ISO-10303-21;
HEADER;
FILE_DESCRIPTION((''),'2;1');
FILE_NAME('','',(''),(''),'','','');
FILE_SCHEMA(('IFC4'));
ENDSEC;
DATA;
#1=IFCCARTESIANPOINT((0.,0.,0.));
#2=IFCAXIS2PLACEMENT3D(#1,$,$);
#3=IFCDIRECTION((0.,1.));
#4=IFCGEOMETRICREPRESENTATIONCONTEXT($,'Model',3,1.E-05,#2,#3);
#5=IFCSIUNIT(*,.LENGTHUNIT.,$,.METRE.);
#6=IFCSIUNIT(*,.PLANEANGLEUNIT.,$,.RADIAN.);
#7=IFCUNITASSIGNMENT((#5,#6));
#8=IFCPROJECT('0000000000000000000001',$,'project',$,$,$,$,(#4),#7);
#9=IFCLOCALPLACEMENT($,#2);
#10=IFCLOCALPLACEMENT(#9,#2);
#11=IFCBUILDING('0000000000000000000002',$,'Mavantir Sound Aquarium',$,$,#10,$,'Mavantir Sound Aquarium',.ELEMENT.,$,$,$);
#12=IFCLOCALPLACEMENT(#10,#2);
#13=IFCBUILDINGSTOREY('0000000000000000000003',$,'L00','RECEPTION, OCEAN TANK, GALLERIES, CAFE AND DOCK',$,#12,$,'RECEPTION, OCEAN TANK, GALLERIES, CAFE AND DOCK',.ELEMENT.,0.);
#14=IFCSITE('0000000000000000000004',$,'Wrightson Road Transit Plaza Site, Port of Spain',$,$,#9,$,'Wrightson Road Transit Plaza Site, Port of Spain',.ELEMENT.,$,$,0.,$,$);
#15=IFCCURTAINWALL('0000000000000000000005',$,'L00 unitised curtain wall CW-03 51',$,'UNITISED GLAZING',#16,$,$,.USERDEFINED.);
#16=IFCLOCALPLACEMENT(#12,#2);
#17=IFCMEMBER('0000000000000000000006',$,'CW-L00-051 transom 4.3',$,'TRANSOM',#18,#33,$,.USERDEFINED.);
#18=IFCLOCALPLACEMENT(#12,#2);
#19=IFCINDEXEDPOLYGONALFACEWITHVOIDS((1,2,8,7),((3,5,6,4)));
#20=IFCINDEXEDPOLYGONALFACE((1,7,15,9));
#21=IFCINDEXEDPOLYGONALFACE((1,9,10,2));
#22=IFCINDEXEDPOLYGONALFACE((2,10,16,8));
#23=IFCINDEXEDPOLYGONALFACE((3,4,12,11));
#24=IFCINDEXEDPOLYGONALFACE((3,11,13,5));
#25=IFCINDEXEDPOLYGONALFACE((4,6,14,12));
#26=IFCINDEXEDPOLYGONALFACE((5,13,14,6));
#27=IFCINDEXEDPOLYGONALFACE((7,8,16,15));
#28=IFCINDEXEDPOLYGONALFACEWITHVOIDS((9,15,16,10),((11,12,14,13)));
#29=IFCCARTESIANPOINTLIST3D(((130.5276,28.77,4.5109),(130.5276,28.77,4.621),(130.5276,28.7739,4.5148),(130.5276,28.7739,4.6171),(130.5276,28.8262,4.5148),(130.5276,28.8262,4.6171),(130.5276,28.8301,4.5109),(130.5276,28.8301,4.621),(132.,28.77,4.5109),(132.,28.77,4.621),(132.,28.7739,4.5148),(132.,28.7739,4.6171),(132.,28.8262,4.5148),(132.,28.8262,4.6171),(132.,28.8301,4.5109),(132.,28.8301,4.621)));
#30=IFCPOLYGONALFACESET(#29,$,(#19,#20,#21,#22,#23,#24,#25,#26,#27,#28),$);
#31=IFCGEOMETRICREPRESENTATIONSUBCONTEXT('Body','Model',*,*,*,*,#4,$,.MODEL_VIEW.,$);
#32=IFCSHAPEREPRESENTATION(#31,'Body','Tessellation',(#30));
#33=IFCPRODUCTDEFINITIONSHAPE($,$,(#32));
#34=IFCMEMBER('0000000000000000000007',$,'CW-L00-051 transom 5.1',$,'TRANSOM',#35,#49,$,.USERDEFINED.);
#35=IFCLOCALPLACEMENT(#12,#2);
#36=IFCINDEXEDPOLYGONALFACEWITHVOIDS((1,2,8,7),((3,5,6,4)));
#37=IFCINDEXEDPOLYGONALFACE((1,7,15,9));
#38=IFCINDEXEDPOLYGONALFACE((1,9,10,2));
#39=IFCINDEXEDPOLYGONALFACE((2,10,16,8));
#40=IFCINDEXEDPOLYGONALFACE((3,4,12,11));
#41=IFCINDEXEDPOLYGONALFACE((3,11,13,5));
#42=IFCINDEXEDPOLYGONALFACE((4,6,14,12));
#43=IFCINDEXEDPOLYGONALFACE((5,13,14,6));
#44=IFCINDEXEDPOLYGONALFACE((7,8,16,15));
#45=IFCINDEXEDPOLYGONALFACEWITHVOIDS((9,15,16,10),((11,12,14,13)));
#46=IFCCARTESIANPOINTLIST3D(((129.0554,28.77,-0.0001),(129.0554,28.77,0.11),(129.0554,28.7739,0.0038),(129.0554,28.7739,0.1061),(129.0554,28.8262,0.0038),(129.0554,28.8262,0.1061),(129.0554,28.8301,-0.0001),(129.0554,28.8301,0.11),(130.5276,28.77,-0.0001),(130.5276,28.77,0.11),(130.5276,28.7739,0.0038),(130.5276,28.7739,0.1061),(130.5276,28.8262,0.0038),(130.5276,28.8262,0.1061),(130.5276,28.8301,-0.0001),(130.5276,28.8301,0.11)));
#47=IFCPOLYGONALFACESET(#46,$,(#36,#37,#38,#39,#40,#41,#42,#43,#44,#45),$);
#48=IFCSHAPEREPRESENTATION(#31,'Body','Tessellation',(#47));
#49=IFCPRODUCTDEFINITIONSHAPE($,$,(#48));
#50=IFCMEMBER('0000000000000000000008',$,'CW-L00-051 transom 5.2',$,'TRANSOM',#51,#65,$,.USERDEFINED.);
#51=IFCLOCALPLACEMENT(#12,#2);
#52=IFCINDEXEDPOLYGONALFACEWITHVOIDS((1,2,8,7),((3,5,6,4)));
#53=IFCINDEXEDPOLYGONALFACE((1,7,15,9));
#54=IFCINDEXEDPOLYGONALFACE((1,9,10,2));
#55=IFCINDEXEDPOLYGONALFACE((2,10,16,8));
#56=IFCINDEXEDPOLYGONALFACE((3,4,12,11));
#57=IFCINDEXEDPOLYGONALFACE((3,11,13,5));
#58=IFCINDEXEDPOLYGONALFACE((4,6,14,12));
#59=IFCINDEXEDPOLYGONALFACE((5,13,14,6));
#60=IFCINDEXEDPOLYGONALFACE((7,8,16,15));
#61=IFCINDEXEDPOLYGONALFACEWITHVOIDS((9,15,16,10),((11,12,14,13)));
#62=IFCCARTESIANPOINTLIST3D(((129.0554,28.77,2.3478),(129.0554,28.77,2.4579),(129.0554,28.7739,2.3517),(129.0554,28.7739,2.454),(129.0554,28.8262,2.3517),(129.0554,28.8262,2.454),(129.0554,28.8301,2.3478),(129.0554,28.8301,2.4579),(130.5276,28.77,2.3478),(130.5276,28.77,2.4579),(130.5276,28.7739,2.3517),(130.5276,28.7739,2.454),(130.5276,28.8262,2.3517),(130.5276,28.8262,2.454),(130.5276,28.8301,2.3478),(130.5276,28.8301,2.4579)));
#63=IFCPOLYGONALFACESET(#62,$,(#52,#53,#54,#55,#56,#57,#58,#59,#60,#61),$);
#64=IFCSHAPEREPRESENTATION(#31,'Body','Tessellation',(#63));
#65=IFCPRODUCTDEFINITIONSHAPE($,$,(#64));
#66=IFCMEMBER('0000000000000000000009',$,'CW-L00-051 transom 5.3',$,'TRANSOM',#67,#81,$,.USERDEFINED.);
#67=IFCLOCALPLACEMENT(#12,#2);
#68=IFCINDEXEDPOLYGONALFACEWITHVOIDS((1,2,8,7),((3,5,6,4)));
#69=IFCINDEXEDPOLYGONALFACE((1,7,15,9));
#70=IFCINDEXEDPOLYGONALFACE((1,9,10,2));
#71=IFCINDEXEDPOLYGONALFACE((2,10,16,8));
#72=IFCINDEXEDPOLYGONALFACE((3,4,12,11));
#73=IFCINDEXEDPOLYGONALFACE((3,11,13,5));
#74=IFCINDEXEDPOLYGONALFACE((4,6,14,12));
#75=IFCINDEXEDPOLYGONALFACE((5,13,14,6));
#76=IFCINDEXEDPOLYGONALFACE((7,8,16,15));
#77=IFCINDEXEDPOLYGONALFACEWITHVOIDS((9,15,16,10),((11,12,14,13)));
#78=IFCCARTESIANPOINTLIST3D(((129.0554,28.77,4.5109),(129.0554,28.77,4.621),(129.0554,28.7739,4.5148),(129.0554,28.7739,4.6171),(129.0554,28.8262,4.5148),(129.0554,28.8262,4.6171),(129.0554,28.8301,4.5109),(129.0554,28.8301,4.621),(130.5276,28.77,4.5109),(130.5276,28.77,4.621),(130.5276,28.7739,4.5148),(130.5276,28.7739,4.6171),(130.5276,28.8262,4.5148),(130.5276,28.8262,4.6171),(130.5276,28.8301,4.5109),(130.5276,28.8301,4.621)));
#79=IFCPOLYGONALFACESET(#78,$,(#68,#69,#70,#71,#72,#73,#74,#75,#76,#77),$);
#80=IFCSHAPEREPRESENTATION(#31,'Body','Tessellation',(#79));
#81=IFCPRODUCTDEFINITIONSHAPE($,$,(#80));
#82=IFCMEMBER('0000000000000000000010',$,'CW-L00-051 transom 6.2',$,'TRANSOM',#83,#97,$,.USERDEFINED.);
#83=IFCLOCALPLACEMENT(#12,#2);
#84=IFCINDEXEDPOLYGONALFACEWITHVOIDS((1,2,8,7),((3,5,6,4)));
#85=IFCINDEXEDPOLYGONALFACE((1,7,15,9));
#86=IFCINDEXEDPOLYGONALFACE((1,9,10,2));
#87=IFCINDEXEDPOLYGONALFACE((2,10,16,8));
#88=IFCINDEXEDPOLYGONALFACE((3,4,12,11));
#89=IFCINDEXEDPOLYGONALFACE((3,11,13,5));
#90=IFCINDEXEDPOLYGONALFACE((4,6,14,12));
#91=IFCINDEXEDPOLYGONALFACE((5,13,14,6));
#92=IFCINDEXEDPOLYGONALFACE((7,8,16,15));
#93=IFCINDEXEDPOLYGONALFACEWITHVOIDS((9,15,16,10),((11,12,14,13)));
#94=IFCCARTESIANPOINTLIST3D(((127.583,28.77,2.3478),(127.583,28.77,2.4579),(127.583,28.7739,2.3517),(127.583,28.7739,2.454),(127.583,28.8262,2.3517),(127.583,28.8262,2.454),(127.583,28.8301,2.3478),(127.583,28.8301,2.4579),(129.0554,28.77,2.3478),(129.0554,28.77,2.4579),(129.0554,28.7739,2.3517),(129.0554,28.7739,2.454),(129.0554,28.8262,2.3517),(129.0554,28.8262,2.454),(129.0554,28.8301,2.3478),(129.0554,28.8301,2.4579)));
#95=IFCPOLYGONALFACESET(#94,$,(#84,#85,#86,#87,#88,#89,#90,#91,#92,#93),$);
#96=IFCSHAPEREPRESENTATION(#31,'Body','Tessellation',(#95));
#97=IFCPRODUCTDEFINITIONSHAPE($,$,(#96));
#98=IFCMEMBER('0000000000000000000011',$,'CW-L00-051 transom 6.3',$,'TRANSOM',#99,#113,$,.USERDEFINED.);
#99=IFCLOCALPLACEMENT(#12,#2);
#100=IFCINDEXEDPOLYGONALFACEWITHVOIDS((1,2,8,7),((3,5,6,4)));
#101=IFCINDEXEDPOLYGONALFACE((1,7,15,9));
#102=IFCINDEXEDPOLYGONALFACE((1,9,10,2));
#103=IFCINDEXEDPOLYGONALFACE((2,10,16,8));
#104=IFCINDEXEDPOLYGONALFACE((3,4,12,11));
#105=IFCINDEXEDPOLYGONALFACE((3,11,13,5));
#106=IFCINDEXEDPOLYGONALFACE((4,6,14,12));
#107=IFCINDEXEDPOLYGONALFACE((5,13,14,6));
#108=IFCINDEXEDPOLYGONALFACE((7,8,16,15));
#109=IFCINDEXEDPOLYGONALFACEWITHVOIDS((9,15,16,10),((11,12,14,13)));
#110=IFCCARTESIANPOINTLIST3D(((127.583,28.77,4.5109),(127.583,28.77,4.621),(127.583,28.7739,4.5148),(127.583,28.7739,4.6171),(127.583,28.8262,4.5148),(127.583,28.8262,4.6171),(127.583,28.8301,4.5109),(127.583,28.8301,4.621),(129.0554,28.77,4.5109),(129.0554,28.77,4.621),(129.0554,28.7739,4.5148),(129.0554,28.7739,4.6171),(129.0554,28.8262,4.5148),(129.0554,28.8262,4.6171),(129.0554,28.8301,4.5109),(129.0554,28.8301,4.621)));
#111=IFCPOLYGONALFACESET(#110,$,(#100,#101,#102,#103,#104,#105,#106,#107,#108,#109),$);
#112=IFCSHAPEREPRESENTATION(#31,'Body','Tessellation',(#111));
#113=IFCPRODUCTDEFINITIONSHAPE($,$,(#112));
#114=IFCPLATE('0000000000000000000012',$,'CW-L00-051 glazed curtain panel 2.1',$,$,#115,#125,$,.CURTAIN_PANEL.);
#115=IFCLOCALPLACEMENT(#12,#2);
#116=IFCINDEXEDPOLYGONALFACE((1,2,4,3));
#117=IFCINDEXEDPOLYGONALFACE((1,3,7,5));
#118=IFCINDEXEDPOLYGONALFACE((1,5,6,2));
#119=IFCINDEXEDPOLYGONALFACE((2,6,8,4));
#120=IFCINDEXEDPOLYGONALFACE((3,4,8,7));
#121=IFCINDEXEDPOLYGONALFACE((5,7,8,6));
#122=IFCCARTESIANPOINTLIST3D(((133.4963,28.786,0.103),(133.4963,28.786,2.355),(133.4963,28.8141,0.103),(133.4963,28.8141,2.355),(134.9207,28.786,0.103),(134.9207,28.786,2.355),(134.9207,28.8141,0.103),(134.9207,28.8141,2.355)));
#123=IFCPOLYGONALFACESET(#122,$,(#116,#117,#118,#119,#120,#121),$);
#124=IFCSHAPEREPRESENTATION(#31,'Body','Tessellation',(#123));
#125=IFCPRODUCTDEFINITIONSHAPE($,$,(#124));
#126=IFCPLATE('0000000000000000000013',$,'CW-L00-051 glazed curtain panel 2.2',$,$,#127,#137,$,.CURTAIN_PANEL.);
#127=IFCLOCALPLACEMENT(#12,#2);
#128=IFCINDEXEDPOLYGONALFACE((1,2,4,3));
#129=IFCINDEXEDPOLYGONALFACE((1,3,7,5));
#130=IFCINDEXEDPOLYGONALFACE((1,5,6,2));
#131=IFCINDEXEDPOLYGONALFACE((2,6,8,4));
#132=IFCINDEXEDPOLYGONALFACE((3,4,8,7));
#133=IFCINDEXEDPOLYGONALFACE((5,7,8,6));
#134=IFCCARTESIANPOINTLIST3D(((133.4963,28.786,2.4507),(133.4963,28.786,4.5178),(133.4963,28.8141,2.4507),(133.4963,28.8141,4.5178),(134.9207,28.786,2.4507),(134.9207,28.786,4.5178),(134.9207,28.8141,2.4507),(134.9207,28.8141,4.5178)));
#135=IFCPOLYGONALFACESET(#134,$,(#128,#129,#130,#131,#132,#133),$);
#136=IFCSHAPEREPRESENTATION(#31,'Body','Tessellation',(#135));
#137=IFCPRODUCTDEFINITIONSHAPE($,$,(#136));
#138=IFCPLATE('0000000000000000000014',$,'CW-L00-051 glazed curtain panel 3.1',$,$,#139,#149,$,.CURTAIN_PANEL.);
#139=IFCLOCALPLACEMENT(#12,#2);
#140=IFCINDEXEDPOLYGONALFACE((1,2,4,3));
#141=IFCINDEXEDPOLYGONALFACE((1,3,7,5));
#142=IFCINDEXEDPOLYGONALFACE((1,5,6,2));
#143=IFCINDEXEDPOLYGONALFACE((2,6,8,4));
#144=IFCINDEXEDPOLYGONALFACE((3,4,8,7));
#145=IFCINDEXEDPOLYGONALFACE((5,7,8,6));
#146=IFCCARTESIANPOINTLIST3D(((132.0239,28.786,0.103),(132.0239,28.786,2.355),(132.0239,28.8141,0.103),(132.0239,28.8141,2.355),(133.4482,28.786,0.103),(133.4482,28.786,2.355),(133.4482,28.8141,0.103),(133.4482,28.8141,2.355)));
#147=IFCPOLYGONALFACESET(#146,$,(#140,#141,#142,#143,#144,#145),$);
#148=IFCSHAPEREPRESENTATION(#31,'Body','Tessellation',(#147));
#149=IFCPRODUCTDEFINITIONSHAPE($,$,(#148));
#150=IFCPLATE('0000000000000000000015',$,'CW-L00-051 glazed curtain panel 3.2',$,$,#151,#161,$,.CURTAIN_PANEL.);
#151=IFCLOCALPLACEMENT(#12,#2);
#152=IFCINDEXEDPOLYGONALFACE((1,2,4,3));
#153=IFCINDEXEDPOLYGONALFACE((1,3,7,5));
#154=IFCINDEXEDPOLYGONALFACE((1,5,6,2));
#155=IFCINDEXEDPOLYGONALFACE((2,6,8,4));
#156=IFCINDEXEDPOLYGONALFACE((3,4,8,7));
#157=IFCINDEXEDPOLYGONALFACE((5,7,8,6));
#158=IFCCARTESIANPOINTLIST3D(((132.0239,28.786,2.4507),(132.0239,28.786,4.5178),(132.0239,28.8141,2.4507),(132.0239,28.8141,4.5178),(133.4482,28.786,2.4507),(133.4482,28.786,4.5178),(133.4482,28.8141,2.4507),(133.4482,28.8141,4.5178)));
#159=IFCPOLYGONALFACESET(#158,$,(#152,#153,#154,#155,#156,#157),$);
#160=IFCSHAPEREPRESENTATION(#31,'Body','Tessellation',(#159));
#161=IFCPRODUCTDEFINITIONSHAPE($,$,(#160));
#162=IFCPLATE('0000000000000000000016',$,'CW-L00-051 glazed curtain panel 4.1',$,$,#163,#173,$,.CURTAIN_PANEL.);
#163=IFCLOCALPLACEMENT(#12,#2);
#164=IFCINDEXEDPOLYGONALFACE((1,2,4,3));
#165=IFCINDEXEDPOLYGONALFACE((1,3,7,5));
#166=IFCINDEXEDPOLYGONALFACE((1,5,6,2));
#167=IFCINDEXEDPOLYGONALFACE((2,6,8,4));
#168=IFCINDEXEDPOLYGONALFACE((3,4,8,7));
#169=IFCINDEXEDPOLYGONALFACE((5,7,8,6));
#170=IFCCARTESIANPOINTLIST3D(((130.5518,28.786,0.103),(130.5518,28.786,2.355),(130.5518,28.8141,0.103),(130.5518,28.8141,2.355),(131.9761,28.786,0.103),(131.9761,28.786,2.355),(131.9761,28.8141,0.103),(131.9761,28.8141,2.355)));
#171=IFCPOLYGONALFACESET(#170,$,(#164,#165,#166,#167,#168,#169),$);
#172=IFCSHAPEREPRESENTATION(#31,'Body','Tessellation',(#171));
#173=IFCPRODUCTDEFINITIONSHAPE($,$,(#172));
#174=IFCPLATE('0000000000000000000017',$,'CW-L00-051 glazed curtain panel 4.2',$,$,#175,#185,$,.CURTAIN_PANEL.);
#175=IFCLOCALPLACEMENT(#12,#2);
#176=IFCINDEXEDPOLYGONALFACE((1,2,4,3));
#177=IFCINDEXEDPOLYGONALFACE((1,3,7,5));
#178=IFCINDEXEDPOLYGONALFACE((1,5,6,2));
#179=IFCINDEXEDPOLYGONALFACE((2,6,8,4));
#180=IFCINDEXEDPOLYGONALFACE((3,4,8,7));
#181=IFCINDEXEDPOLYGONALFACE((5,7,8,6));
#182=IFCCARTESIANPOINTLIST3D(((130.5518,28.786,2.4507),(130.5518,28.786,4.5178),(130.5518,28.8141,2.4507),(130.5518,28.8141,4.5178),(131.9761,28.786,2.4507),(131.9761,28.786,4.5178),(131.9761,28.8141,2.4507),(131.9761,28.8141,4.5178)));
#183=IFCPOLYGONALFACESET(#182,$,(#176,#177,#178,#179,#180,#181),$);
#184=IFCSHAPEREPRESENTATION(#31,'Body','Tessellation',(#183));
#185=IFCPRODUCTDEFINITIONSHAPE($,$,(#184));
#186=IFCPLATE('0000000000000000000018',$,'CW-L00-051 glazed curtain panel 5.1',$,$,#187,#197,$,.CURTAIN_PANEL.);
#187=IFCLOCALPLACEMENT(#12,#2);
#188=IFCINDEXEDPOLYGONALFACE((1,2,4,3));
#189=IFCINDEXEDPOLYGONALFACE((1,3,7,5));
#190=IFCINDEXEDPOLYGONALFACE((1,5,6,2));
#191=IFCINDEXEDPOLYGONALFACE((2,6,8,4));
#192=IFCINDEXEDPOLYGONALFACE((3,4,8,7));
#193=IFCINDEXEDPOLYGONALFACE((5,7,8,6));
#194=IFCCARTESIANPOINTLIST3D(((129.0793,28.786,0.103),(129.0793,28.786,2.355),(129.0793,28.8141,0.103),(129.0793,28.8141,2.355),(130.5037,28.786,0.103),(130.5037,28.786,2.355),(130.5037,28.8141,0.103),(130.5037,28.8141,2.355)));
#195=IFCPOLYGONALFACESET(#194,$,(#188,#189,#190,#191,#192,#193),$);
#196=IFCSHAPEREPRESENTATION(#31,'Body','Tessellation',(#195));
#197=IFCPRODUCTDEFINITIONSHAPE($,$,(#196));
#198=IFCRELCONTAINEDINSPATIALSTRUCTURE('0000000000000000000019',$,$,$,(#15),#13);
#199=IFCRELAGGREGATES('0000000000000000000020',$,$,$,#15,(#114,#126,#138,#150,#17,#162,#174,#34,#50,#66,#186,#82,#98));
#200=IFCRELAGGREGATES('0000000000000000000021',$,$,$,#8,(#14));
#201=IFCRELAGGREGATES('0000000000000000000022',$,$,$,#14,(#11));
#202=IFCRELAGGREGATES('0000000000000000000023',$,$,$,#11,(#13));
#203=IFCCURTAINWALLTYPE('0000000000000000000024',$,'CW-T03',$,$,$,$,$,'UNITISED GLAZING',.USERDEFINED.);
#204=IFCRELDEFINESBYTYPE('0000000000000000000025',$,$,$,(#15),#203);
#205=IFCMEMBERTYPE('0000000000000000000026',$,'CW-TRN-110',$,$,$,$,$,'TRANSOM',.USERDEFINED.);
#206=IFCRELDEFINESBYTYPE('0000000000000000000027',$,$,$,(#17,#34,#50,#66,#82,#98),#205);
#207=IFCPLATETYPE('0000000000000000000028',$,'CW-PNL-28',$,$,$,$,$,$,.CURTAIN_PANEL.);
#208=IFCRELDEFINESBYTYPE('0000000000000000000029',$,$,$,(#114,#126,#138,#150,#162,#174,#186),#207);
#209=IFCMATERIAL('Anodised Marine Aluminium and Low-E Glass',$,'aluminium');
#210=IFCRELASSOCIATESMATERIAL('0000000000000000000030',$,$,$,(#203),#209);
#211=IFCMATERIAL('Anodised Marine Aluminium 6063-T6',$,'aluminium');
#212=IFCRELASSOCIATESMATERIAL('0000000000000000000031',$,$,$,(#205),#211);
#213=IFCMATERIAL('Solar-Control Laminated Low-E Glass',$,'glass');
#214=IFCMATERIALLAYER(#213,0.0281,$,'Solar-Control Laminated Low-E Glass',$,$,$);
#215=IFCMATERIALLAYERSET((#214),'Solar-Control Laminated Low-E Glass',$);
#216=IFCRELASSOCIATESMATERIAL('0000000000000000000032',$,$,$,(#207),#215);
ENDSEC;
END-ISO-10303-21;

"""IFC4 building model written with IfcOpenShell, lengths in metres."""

from ifc_helpers import new_model, si_unit, direction, frame, origin, origin_2d, place, context, subcontext, project, spatial, rectangle, hollow_rectangle, extrude, material, layer, layer_set, material_profile, profile_set, type_object, element, aggregate, save


model = new_model("IFC4")

# Units and contexts
model_context = context("Model", 3, precision=1e-05, world=origin(), true_north=direction((0.0, 1.0)))
body_context = subcontext(model_context, "Body", "Model", "MODEL_VIEW")
ifc_project = project(units=[si_unit("LENGTHUNIT", "METRE"), si_unit("PLANEANGLEUNIT", "RADIAN")], contexts=[model_context])

# Site, building, storey
site_placement = place(None, origin())
site = spatial("IfcSite", under=ifc_project, at=site_placement, Name="Wrightson Road Transit Plaza Site, Port of Spain", LongName="Wrightson Road Transit Plaza Site, Port of Spain", CompositionType="ELEMENT", RefElevation=0.0)
building_placement = place(site_placement, origin())
building = spatial("IfcBuilding", under=site, at=building_placement, Name="Mavantir Sound Aquarium", LongName="Mavantir Sound Aquarium", CompositionType="ELEMENT")
storey_placement = place(building_placement, origin())
storey = spatial("IfcBuildingStorey", under=building, at=storey_placement, Name="L00", Description="RECEPTION, OCEAN TANK, GALLERIES, CAFE AND DOCK", LongName="RECEPTION, OCEAN TANK, GALLERIES, CAFE AND DOCK", CompositionType="ELEMENT", Elevation=0.0)

# Curtain wall, members, plates
ifc_material_1 = material(Name="Anodised Marine Aluminium and Low-E Glass", Category="aluminium")
curtain_wall_type = type_object("IfcCurtainWallType", Name="CW-T03", ElementType="UNITISED GLAZING", PredefinedType="USERDEFINED", material=ifc_material_1)
curtain_wall_placement = place(storey_placement, origin())
curtain_wall = element("IfcCurtainWall", 1, at=curtain_wall_placement, inside=storey, type_object=curtain_wall_type, Name="L00 unitised curtain wall CW-03 51", ObjectType="UNITISED GLAZING", PredefinedType="USERDEFINED")
ifc_material_2 = material(Name="Anodised Marine Aluminium 6063-T6", Category="aluminium")
ifc_material_profile_1 = material_profile(ifc_material_2, hollow_rectangle(XDim=0.0601, YDim=0.1101, WallThickness=0.0039, at=origin_2d()), Name="ALU-TRANSOM-110X60")
ifc_profile_set_1 = profile_set([ifc_material_profile_1], Name="Anodised Marine Aluminium 6063-T6")
member_type_1 = type_object("IfcMemberType", Name="CW-TRN-110", ElementType="TRANSOM", PredefinedType="USERDEFINED", material=ifc_profile_set_1)
member_1_placement = place(storey_placement, frame((132.0, 28.8, 4.5659), z_axis=(-1.0, 0.0, 0.0), x_axis=(0.0, -1.0, 0.0)))
member_1 = element("IfcMember", 2, at=member_1_placement, type_object=member_type_1, Name="CW-L00-051 transom 4.3", ObjectType="TRANSOM", PredefinedType="USERDEFINED", context=body_context, shape_type="SweptSolid", body=[
    extrude(hollow_rectangle(XDim=0.0601, YDim=0.1101, WallThickness=0.0039, at=origin_2d()), origin(), (0.0, 0.0, 1.0), 1.4724),
])
member_2_placement = place(storey_placement, frame((130.5276, 28.8, 0.0549), z_axis=(-1.0, 0.0, 0.0), x_axis=(0.0, -1.0, 0.0)))
member_2 = element("IfcMember", 3, at=member_2_placement, type_object=member_type_1, Name="CW-L00-051 transom 5.1", ObjectType="TRANSOM", PredefinedType="USERDEFINED", context=body_context, shape_type="SweptSolid", body=[
    extrude(hollow_rectangle(XDim=0.0601, YDim=0.1101, WallThickness=0.0039, at=origin_2d()), origin(), (0.0, 0.0, 1.0), 1.4722),
])
member_3_placement = place(storey_placement, frame((130.5276, 28.8, 2.4028), z_axis=(-1.0, 0.0, 0.0), x_axis=(0.0, -1.0, 0.0)))
member_3 = element("IfcMember", 4, at=member_3_placement, type_object=member_type_1, Name="CW-L00-051 transom 5.2", ObjectType="TRANSOM", PredefinedType="USERDEFINED", context=body_context, shape_type="SweptSolid", body=[
    extrude(hollow_rectangle(XDim=0.0601, YDim=0.1101, WallThickness=0.0039, at=origin_2d()), origin(), (0.0, 0.0, 1.0), 1.4722),
])
member_4_placement = place(storey_placement, frame((130.5276, 28.8, 4.5659), z_axis=(-1.0, 0.0, 0.0), x_axis=(0.0, -1.0, 0.0)))
member_4 = element("IfcMember", 5, at=member_4_placement, type_object=member_type_1, Name="CW-L00-051 transom 5.3", ObjectType="TRANSOM", PredefinedType="USERDEFINED", context=body_context, shape_type="SweptSolid", body=[
    extrude(hollow_rectangle(XDim=0.0601, YDim=0.1101, WallThickness=0.0039, at=origin_2d()), origin(), (0.0, 0.0, 1.0), 1.4722),
])
member_5_placement = place(storey_placement, frame((129.0554, 28.8, 2.4028), z_axis=(-1.0, 0.0, 0.0), x_axis=(0.0, -1.0, 0.0)))
member_5 = element("IfcMember", 6, at=member_5_placement, type_object=member_type_1, Name="CW-L00-051 transom 6.2", ObjectType="TRANSOM", PredefinedType="USERDEFINED", context=body_context, shape_type="SweptSolid", body=[
    extrude(hollow_rectangle(XDim=0.0601, YDim=0.1101, WallThickness=0.0039, at=origin_2d()), origin(), (0.0, 0.0, 1.0), 1.4724),
])
member_6_placement = place(storey_placement, frame((129.0554, 28.8, 4.5659), z_axis=(-1.0, 0.0, 0.0), x_axis=(0.0, -1.0, 0.0)))
member_6 = element("IfcMember", 7, at=member_6_placement, type_object=member_type_1, Name="CW-L00-051 transom 6.3", ObjectType="TRANSOM", PredefinedType="USERDEFINED", context=body_context, shape_type="SweptSolid", body=[
    extrude(hollow_rectangle(XDim=0.0601, YDim=0.1101, WallThickness=0.0039, at=origin_2d()), origin(), (0.0, 0.0, 1.0), 1.4724),
])
ifc_material_3 = material(Name="Solar-Control Laminated Low-E Glass", Category="glass")
ifc_layer = layer(ifc_material_3, 0.0281, Name="Solar-Control Laminated Low-E Glass")
ifc_layer_set = layer_set([ifc_layer], Name="Solar-Control Laminated Low-E Glass")
plate_type = type_object("IfcPlateType", Name="CW-PNL-28", PredefinedType="CURTAIN_PANEL", material=ifc_layer_set)
plate_1_placement = place(storey_placement, frame((134.2085, 28.8, 0.103), z_axis=(0.0, 0.0, 1.0), x_axis=(-1.0, 0.0, 0.0)))
plate_1 = element("IfcPlate", 8, at=plate_1_placement, type_object=plate_type, Name="CW-L00-051 glazed curtain panel 2.1", PredefinedType="CURTAIN_PANEL", context=body_context, shape_type="SweptSolid", body=[
    extrude(rectangle(XDim=1.4243, YDim=0.0281, at=origin_2d()), origin(), (0.0, 0.0, 1.0), 2.252),
])
plate_2_placement = place(storey_placement, frame((134.2085, 28.8, 2.4507), z_axis=(0.0, 0.0, 1.0), x_axis=(-1.0, 0.0, 0.0)))
plate_2 = element("IfcPlate", 9, at=plate_2_placement, type_object=plate_type, Name="CW-L00-051 glazed curtain panel 2.2", PredefinedType="CURTAIN_PANEL", context=body_context, shape_type="SweptSolid", body=[
    extrude(rectangle(XDim=1.4243, YDim=0.0281, at=origin_2d()), origin(), (0.0, 0.0, 1.0), 2.0671),
])
plate_3_placement = place(storey_placement, frame((132.7361, 28.8, 0.103), z_axis=(0.0, 0.0, 1.0), x_axis=(-1.0, 0.0, 0.0)))
plate_3 = element("IfcPlate", 10, at=plate_3_placement, type_object=plate_type, Name="CW-L00-051 glazed curtain panel 3.1", PredefinedType="CURTAIN_PANEL", context=body_context, shape_type="SweptSolid", body=[
    extrude(rectangle(XDim=1.4243, YDim=0.0281, at=origin_2d()), origin(), (0.0, 0.0, 1.0), 2.252),
])
plate_4_placement = place(storey_placement, frame((132.7361, 28.8, 2.4507), z_axis=(0.0, 0.0, 1.0), x_axis=(-1.0, 0.0, 0.0)))
plate_4 = element("IfcPlate", 11, at=plate_4_placement, type_object=plate_type, Name="CW-L00-051 glazed curtain panel 3.2", PredefinedType="CURTAIN_PANEL", context=body_context, shape_type="SweptSolid", body=[
    extrude(rectangle(XDim=1.4243, YDim=0.0281, at=origin_2d()), origin(), (0.0, 0.0, 1.0), 2.0671),
])
plate_5_placement = place(storey_placement, frame((131.2639, 28.8, 0.103), z_axis=(0.0, 0.0, 1.0), x_axis=(-1.0, 0.0, 0.0)))
plate_5 = element("IfcPlate", 12, at=plate_5_placement, type_object=plate_type, Name="CW-L00-051 glazed curtain panel 4.1", PredefinedType="CURTAIN_PANEL", context=body_context, shape_type="SweptSolid", body=[
    extrude(rectangle(XDim=1.4243, YDim=0.0281, at=origin_2d()), origin(), (0.0, 0.0, 1.0), 2.252),
])
plate_6_placement = place(storey_placement, frame((131.2639, 28.8, 2.4507), z_axis=(0.0, 0.0, 1.0), x_axis=(-1.0, 0.0, 0.0)))
plate_6 = element("IfcPlate", 13, at=plate_6_placement, type_object=plate_type, Name="CW-L00-051 glazed curtain panel 4.2", PredefinedType="CURTAIN_PANEL", context=body_context, shape_type="SweptSolid", body=[
    extrude(rectangle(XDim=1.4243, YDim=0.0281, at=origin_2d()), origin(), (0.0, 0.0, 1.0), 2.0671),
])
plate_7_placement = place(storey_placement, frame((129.7915, 28.8, 0.103), z_axis=(0.0, 0.0, 1.0), x_axis=(-1.0, 0.0, 0.0)))
plate_7 = element("IfcPlate", 14, at=plate_7_placement, type_object=plate_type, Name="CW-L00-051 glazed curtain panel 5.1", PredefinedType="CURTAIN_PANEL", context=body_context, shape_type="SweptSolid", body=[
    extrude(rectangle(XDim=1.4243, YDim=0.0281, at=origin_2d()), origin(), (0.0, 0.0, 1.0), 2.252),
])
aggregate(curtain_wall, [plate_1, plate_2, plate_3, plate_4, member_1, plate_5, plate_6, member_2, member_3, member_4, plate_7, member_5, member_6])

save(model, "model.ifc")
